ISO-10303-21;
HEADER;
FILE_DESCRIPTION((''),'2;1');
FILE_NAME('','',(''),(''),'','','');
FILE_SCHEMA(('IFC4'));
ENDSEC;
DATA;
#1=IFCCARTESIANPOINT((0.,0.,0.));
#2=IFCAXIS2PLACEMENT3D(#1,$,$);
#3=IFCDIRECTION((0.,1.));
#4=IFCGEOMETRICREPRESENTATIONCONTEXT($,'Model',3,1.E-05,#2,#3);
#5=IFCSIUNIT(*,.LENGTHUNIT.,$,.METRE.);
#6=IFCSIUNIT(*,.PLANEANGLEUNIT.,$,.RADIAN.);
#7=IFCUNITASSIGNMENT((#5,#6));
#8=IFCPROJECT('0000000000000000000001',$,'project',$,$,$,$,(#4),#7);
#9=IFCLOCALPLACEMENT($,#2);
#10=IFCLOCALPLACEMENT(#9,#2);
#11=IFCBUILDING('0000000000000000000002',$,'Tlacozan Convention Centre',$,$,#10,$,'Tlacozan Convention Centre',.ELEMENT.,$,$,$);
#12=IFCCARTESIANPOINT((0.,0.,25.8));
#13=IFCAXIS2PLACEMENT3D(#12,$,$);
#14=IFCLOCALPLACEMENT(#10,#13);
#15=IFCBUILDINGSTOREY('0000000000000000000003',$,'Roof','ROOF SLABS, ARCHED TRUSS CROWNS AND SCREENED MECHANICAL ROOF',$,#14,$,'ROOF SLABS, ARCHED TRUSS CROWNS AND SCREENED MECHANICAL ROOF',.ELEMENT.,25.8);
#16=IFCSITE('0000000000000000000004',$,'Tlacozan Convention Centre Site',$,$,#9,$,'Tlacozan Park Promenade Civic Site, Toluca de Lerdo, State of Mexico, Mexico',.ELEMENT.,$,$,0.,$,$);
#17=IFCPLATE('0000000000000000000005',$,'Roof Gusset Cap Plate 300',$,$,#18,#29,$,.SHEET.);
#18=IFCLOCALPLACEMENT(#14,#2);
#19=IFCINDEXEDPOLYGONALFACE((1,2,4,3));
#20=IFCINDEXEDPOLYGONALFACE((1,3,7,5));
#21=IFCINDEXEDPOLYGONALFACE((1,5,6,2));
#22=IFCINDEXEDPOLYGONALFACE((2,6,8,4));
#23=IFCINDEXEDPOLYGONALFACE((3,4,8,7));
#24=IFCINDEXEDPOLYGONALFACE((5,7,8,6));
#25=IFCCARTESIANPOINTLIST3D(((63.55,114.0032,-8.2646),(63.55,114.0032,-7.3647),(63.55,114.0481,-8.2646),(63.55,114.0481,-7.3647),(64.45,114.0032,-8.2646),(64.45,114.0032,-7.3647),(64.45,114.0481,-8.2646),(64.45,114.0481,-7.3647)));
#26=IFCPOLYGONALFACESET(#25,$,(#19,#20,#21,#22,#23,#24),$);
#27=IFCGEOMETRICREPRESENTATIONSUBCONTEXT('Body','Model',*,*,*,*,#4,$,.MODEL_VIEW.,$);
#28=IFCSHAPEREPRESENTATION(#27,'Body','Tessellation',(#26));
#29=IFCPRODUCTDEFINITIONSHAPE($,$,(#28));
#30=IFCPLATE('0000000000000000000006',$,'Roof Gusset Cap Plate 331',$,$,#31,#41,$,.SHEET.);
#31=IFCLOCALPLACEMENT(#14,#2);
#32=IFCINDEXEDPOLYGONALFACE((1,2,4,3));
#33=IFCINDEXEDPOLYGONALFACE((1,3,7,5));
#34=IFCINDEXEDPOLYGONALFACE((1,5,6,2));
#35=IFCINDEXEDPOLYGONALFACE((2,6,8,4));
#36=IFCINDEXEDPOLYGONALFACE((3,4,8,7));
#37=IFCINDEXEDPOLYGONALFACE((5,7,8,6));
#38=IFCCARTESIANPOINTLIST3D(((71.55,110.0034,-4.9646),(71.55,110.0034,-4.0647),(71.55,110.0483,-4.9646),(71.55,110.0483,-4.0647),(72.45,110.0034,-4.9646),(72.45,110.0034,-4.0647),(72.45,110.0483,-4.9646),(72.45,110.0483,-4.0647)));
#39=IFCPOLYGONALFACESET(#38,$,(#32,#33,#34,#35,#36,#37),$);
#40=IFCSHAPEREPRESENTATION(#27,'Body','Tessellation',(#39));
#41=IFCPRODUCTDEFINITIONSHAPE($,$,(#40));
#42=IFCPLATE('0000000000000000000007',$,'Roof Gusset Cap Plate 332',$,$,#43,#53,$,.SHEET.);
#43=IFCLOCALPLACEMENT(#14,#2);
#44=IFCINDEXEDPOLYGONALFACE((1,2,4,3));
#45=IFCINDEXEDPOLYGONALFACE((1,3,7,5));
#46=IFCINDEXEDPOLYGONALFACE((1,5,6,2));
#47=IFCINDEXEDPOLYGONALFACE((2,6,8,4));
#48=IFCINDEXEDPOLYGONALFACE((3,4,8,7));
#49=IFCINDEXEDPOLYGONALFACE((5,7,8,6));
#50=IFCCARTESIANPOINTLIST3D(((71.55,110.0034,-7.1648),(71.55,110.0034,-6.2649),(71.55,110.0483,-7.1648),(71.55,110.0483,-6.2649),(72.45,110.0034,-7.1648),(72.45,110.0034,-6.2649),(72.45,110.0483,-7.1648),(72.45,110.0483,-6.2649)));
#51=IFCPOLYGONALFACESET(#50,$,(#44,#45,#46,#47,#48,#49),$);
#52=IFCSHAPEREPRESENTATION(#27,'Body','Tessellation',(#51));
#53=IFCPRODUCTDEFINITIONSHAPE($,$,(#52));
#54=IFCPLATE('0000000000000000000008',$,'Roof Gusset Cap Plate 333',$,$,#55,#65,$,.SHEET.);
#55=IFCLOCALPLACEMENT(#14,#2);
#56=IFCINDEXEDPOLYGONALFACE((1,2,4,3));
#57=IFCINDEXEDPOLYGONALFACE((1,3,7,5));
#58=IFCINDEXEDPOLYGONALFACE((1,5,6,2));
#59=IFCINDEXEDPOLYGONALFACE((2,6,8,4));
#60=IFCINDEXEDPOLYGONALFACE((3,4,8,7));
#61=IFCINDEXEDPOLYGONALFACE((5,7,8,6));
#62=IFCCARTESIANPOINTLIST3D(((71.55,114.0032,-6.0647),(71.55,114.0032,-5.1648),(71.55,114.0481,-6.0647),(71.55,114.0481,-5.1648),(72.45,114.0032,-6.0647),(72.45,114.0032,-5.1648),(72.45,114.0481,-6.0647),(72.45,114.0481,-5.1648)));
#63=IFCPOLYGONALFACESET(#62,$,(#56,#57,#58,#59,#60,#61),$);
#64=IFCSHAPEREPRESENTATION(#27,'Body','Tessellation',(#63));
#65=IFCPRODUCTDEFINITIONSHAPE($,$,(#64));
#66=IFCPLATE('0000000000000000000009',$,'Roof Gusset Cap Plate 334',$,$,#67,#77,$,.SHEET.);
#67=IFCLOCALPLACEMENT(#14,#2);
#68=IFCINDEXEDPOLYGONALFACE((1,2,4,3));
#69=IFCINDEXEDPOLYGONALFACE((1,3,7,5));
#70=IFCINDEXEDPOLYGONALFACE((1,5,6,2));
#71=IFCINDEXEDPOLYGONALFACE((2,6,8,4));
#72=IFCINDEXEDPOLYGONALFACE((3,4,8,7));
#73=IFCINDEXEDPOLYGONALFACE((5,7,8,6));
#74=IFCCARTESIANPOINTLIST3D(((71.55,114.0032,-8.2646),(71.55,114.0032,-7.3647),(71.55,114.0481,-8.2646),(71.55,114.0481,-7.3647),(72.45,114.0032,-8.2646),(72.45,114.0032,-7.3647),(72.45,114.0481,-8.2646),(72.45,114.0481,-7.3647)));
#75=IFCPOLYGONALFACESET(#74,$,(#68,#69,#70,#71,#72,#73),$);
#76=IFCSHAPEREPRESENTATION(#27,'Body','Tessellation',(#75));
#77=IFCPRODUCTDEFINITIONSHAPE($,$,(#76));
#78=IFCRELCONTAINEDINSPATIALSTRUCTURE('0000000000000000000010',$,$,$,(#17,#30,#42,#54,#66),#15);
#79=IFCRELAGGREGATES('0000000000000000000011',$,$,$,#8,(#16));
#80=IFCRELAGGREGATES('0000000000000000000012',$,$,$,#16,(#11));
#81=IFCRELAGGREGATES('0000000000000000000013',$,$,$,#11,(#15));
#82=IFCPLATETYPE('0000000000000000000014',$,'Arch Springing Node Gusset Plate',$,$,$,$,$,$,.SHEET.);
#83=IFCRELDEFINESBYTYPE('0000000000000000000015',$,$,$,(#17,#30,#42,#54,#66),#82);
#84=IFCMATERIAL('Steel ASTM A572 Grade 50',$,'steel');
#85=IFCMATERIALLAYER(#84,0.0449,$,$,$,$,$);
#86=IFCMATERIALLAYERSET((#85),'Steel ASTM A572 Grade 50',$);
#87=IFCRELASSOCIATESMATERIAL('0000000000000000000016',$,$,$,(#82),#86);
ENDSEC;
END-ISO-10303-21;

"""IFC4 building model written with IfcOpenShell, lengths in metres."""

from ifc_helpers import new_model, si_unit, direction, frame, origin, origin_2d, place, context, subcontext, project, spatial, rectangle, extrude, material, layer, layer_set, type_object, element, save


model = new_model("IFC4")

# Units and contexts
model_context = context("Model", 3, precision=1e-05, world=origin(), true_north=direction((0.0, 1.0)))
body_context = subcontext(model_context, "Body", "Model", "MODEL_VIEW")
ifc_project = project(units=[si_unit("LENGTHUNIT", "METRE"), si_unit("PLANEANGLEUNIT", "RADIAN")], contexts=[model_context])

# Site, building, storey
site_placement = place(None, origin())
site = spatial("IfcSite", under=ifc_project, at=site_placement, Name="Tlacozan Convention Centre Site", LongName="Tlacozan Park Promenade Civic Site, Toluca de Lerdo, State of Mexico, Mexico", CompositionType="ELEMENT", RefElevation=0.0)
building_placement = place(site_placement, origin())
building = spatial("IfcBuilding", under=site, at=building_placement, Name="Tlacozan Convention Centre", LongName="Tlacozan Convention Centre", CompositionType="ELEMENT")
storey_placement = place(building_placement, frame((0.0, 0.0, 25.8)))
storey = spatial("IfcBuildingStorey", under=building, at=storey_placement, Name="Roof", Description="ROOF SLABS, ARCHED TRUSS CROWNS AND SCREENED MECHANICAL ROOF", LongName="ROOF SLABS, ARCHED TRUSS CROWNS AND SCREENED MECHANICAL ROOF", CompositionType="ELEMENT", Elevation=25.8)

# Plates
ifc_material_1 = material(Name="Steel ASTM A572 Grade 50", Category="steel")
ifc_layer = layer(ifc_material_1, 0.0449)
ifc_layer_set = layer_set([ifc_layer], Name="Steel ASTM A572 Grade 50")
plate_type = type_object("IfcPlateType", Name="Arch Springing Node Gusset Plate", PredefinedType="SHEET", material=ifc_layer_set)
for number, where, z_axis, x_axis, name in (
    (1, (64.0, 114.0256, -8.2646), (0.0, 0.0, 1.0), (0.0, 1.0, 0.0), "Roof Gusset Cap Plate 300"),
    (2, (72.0, 110.0259, -4.9646), (0.0, 0.0, 1.0), (0.0, 1.0, 0.0), "Roof Gusset Cap Plate 331"),
    (3, (72.0, 110.0259, -7.1648), (0.0, 0.0, 1.0), (0.0, 1.0, 0.0), "Roof Gusset Cap Plate 332"),
    (4, (72.0, 114.0256, -6.0647), (0.0, 0.0, 1.0), (0.0, 1.0, 0.0), "Roof Gusset Cap Plate 333"),
    (5, (72.0, 114.0256, -8.2646), (0.0, 0.0, 1.0), (0.0, 1.0, 0.0), "Roof Gusset Cap Plate 334"),
):
    element("IfcPlate", number, at=place(storey_placement, frame(where, z_axis=z_axis, x_axis=x_axis)), inside=storey, type_object=plate_type, Name=name, PredefinedType="SHEET", context=body_context, shape_type="SweptSolid", body=[
        extrude(rectangle(XDim=0.0449, YDim=0.8999, at=origin_2d()), origin(), (0.0, 0.0, 1.0), 0.8999),
    ])

save(model, "model.ifc")
